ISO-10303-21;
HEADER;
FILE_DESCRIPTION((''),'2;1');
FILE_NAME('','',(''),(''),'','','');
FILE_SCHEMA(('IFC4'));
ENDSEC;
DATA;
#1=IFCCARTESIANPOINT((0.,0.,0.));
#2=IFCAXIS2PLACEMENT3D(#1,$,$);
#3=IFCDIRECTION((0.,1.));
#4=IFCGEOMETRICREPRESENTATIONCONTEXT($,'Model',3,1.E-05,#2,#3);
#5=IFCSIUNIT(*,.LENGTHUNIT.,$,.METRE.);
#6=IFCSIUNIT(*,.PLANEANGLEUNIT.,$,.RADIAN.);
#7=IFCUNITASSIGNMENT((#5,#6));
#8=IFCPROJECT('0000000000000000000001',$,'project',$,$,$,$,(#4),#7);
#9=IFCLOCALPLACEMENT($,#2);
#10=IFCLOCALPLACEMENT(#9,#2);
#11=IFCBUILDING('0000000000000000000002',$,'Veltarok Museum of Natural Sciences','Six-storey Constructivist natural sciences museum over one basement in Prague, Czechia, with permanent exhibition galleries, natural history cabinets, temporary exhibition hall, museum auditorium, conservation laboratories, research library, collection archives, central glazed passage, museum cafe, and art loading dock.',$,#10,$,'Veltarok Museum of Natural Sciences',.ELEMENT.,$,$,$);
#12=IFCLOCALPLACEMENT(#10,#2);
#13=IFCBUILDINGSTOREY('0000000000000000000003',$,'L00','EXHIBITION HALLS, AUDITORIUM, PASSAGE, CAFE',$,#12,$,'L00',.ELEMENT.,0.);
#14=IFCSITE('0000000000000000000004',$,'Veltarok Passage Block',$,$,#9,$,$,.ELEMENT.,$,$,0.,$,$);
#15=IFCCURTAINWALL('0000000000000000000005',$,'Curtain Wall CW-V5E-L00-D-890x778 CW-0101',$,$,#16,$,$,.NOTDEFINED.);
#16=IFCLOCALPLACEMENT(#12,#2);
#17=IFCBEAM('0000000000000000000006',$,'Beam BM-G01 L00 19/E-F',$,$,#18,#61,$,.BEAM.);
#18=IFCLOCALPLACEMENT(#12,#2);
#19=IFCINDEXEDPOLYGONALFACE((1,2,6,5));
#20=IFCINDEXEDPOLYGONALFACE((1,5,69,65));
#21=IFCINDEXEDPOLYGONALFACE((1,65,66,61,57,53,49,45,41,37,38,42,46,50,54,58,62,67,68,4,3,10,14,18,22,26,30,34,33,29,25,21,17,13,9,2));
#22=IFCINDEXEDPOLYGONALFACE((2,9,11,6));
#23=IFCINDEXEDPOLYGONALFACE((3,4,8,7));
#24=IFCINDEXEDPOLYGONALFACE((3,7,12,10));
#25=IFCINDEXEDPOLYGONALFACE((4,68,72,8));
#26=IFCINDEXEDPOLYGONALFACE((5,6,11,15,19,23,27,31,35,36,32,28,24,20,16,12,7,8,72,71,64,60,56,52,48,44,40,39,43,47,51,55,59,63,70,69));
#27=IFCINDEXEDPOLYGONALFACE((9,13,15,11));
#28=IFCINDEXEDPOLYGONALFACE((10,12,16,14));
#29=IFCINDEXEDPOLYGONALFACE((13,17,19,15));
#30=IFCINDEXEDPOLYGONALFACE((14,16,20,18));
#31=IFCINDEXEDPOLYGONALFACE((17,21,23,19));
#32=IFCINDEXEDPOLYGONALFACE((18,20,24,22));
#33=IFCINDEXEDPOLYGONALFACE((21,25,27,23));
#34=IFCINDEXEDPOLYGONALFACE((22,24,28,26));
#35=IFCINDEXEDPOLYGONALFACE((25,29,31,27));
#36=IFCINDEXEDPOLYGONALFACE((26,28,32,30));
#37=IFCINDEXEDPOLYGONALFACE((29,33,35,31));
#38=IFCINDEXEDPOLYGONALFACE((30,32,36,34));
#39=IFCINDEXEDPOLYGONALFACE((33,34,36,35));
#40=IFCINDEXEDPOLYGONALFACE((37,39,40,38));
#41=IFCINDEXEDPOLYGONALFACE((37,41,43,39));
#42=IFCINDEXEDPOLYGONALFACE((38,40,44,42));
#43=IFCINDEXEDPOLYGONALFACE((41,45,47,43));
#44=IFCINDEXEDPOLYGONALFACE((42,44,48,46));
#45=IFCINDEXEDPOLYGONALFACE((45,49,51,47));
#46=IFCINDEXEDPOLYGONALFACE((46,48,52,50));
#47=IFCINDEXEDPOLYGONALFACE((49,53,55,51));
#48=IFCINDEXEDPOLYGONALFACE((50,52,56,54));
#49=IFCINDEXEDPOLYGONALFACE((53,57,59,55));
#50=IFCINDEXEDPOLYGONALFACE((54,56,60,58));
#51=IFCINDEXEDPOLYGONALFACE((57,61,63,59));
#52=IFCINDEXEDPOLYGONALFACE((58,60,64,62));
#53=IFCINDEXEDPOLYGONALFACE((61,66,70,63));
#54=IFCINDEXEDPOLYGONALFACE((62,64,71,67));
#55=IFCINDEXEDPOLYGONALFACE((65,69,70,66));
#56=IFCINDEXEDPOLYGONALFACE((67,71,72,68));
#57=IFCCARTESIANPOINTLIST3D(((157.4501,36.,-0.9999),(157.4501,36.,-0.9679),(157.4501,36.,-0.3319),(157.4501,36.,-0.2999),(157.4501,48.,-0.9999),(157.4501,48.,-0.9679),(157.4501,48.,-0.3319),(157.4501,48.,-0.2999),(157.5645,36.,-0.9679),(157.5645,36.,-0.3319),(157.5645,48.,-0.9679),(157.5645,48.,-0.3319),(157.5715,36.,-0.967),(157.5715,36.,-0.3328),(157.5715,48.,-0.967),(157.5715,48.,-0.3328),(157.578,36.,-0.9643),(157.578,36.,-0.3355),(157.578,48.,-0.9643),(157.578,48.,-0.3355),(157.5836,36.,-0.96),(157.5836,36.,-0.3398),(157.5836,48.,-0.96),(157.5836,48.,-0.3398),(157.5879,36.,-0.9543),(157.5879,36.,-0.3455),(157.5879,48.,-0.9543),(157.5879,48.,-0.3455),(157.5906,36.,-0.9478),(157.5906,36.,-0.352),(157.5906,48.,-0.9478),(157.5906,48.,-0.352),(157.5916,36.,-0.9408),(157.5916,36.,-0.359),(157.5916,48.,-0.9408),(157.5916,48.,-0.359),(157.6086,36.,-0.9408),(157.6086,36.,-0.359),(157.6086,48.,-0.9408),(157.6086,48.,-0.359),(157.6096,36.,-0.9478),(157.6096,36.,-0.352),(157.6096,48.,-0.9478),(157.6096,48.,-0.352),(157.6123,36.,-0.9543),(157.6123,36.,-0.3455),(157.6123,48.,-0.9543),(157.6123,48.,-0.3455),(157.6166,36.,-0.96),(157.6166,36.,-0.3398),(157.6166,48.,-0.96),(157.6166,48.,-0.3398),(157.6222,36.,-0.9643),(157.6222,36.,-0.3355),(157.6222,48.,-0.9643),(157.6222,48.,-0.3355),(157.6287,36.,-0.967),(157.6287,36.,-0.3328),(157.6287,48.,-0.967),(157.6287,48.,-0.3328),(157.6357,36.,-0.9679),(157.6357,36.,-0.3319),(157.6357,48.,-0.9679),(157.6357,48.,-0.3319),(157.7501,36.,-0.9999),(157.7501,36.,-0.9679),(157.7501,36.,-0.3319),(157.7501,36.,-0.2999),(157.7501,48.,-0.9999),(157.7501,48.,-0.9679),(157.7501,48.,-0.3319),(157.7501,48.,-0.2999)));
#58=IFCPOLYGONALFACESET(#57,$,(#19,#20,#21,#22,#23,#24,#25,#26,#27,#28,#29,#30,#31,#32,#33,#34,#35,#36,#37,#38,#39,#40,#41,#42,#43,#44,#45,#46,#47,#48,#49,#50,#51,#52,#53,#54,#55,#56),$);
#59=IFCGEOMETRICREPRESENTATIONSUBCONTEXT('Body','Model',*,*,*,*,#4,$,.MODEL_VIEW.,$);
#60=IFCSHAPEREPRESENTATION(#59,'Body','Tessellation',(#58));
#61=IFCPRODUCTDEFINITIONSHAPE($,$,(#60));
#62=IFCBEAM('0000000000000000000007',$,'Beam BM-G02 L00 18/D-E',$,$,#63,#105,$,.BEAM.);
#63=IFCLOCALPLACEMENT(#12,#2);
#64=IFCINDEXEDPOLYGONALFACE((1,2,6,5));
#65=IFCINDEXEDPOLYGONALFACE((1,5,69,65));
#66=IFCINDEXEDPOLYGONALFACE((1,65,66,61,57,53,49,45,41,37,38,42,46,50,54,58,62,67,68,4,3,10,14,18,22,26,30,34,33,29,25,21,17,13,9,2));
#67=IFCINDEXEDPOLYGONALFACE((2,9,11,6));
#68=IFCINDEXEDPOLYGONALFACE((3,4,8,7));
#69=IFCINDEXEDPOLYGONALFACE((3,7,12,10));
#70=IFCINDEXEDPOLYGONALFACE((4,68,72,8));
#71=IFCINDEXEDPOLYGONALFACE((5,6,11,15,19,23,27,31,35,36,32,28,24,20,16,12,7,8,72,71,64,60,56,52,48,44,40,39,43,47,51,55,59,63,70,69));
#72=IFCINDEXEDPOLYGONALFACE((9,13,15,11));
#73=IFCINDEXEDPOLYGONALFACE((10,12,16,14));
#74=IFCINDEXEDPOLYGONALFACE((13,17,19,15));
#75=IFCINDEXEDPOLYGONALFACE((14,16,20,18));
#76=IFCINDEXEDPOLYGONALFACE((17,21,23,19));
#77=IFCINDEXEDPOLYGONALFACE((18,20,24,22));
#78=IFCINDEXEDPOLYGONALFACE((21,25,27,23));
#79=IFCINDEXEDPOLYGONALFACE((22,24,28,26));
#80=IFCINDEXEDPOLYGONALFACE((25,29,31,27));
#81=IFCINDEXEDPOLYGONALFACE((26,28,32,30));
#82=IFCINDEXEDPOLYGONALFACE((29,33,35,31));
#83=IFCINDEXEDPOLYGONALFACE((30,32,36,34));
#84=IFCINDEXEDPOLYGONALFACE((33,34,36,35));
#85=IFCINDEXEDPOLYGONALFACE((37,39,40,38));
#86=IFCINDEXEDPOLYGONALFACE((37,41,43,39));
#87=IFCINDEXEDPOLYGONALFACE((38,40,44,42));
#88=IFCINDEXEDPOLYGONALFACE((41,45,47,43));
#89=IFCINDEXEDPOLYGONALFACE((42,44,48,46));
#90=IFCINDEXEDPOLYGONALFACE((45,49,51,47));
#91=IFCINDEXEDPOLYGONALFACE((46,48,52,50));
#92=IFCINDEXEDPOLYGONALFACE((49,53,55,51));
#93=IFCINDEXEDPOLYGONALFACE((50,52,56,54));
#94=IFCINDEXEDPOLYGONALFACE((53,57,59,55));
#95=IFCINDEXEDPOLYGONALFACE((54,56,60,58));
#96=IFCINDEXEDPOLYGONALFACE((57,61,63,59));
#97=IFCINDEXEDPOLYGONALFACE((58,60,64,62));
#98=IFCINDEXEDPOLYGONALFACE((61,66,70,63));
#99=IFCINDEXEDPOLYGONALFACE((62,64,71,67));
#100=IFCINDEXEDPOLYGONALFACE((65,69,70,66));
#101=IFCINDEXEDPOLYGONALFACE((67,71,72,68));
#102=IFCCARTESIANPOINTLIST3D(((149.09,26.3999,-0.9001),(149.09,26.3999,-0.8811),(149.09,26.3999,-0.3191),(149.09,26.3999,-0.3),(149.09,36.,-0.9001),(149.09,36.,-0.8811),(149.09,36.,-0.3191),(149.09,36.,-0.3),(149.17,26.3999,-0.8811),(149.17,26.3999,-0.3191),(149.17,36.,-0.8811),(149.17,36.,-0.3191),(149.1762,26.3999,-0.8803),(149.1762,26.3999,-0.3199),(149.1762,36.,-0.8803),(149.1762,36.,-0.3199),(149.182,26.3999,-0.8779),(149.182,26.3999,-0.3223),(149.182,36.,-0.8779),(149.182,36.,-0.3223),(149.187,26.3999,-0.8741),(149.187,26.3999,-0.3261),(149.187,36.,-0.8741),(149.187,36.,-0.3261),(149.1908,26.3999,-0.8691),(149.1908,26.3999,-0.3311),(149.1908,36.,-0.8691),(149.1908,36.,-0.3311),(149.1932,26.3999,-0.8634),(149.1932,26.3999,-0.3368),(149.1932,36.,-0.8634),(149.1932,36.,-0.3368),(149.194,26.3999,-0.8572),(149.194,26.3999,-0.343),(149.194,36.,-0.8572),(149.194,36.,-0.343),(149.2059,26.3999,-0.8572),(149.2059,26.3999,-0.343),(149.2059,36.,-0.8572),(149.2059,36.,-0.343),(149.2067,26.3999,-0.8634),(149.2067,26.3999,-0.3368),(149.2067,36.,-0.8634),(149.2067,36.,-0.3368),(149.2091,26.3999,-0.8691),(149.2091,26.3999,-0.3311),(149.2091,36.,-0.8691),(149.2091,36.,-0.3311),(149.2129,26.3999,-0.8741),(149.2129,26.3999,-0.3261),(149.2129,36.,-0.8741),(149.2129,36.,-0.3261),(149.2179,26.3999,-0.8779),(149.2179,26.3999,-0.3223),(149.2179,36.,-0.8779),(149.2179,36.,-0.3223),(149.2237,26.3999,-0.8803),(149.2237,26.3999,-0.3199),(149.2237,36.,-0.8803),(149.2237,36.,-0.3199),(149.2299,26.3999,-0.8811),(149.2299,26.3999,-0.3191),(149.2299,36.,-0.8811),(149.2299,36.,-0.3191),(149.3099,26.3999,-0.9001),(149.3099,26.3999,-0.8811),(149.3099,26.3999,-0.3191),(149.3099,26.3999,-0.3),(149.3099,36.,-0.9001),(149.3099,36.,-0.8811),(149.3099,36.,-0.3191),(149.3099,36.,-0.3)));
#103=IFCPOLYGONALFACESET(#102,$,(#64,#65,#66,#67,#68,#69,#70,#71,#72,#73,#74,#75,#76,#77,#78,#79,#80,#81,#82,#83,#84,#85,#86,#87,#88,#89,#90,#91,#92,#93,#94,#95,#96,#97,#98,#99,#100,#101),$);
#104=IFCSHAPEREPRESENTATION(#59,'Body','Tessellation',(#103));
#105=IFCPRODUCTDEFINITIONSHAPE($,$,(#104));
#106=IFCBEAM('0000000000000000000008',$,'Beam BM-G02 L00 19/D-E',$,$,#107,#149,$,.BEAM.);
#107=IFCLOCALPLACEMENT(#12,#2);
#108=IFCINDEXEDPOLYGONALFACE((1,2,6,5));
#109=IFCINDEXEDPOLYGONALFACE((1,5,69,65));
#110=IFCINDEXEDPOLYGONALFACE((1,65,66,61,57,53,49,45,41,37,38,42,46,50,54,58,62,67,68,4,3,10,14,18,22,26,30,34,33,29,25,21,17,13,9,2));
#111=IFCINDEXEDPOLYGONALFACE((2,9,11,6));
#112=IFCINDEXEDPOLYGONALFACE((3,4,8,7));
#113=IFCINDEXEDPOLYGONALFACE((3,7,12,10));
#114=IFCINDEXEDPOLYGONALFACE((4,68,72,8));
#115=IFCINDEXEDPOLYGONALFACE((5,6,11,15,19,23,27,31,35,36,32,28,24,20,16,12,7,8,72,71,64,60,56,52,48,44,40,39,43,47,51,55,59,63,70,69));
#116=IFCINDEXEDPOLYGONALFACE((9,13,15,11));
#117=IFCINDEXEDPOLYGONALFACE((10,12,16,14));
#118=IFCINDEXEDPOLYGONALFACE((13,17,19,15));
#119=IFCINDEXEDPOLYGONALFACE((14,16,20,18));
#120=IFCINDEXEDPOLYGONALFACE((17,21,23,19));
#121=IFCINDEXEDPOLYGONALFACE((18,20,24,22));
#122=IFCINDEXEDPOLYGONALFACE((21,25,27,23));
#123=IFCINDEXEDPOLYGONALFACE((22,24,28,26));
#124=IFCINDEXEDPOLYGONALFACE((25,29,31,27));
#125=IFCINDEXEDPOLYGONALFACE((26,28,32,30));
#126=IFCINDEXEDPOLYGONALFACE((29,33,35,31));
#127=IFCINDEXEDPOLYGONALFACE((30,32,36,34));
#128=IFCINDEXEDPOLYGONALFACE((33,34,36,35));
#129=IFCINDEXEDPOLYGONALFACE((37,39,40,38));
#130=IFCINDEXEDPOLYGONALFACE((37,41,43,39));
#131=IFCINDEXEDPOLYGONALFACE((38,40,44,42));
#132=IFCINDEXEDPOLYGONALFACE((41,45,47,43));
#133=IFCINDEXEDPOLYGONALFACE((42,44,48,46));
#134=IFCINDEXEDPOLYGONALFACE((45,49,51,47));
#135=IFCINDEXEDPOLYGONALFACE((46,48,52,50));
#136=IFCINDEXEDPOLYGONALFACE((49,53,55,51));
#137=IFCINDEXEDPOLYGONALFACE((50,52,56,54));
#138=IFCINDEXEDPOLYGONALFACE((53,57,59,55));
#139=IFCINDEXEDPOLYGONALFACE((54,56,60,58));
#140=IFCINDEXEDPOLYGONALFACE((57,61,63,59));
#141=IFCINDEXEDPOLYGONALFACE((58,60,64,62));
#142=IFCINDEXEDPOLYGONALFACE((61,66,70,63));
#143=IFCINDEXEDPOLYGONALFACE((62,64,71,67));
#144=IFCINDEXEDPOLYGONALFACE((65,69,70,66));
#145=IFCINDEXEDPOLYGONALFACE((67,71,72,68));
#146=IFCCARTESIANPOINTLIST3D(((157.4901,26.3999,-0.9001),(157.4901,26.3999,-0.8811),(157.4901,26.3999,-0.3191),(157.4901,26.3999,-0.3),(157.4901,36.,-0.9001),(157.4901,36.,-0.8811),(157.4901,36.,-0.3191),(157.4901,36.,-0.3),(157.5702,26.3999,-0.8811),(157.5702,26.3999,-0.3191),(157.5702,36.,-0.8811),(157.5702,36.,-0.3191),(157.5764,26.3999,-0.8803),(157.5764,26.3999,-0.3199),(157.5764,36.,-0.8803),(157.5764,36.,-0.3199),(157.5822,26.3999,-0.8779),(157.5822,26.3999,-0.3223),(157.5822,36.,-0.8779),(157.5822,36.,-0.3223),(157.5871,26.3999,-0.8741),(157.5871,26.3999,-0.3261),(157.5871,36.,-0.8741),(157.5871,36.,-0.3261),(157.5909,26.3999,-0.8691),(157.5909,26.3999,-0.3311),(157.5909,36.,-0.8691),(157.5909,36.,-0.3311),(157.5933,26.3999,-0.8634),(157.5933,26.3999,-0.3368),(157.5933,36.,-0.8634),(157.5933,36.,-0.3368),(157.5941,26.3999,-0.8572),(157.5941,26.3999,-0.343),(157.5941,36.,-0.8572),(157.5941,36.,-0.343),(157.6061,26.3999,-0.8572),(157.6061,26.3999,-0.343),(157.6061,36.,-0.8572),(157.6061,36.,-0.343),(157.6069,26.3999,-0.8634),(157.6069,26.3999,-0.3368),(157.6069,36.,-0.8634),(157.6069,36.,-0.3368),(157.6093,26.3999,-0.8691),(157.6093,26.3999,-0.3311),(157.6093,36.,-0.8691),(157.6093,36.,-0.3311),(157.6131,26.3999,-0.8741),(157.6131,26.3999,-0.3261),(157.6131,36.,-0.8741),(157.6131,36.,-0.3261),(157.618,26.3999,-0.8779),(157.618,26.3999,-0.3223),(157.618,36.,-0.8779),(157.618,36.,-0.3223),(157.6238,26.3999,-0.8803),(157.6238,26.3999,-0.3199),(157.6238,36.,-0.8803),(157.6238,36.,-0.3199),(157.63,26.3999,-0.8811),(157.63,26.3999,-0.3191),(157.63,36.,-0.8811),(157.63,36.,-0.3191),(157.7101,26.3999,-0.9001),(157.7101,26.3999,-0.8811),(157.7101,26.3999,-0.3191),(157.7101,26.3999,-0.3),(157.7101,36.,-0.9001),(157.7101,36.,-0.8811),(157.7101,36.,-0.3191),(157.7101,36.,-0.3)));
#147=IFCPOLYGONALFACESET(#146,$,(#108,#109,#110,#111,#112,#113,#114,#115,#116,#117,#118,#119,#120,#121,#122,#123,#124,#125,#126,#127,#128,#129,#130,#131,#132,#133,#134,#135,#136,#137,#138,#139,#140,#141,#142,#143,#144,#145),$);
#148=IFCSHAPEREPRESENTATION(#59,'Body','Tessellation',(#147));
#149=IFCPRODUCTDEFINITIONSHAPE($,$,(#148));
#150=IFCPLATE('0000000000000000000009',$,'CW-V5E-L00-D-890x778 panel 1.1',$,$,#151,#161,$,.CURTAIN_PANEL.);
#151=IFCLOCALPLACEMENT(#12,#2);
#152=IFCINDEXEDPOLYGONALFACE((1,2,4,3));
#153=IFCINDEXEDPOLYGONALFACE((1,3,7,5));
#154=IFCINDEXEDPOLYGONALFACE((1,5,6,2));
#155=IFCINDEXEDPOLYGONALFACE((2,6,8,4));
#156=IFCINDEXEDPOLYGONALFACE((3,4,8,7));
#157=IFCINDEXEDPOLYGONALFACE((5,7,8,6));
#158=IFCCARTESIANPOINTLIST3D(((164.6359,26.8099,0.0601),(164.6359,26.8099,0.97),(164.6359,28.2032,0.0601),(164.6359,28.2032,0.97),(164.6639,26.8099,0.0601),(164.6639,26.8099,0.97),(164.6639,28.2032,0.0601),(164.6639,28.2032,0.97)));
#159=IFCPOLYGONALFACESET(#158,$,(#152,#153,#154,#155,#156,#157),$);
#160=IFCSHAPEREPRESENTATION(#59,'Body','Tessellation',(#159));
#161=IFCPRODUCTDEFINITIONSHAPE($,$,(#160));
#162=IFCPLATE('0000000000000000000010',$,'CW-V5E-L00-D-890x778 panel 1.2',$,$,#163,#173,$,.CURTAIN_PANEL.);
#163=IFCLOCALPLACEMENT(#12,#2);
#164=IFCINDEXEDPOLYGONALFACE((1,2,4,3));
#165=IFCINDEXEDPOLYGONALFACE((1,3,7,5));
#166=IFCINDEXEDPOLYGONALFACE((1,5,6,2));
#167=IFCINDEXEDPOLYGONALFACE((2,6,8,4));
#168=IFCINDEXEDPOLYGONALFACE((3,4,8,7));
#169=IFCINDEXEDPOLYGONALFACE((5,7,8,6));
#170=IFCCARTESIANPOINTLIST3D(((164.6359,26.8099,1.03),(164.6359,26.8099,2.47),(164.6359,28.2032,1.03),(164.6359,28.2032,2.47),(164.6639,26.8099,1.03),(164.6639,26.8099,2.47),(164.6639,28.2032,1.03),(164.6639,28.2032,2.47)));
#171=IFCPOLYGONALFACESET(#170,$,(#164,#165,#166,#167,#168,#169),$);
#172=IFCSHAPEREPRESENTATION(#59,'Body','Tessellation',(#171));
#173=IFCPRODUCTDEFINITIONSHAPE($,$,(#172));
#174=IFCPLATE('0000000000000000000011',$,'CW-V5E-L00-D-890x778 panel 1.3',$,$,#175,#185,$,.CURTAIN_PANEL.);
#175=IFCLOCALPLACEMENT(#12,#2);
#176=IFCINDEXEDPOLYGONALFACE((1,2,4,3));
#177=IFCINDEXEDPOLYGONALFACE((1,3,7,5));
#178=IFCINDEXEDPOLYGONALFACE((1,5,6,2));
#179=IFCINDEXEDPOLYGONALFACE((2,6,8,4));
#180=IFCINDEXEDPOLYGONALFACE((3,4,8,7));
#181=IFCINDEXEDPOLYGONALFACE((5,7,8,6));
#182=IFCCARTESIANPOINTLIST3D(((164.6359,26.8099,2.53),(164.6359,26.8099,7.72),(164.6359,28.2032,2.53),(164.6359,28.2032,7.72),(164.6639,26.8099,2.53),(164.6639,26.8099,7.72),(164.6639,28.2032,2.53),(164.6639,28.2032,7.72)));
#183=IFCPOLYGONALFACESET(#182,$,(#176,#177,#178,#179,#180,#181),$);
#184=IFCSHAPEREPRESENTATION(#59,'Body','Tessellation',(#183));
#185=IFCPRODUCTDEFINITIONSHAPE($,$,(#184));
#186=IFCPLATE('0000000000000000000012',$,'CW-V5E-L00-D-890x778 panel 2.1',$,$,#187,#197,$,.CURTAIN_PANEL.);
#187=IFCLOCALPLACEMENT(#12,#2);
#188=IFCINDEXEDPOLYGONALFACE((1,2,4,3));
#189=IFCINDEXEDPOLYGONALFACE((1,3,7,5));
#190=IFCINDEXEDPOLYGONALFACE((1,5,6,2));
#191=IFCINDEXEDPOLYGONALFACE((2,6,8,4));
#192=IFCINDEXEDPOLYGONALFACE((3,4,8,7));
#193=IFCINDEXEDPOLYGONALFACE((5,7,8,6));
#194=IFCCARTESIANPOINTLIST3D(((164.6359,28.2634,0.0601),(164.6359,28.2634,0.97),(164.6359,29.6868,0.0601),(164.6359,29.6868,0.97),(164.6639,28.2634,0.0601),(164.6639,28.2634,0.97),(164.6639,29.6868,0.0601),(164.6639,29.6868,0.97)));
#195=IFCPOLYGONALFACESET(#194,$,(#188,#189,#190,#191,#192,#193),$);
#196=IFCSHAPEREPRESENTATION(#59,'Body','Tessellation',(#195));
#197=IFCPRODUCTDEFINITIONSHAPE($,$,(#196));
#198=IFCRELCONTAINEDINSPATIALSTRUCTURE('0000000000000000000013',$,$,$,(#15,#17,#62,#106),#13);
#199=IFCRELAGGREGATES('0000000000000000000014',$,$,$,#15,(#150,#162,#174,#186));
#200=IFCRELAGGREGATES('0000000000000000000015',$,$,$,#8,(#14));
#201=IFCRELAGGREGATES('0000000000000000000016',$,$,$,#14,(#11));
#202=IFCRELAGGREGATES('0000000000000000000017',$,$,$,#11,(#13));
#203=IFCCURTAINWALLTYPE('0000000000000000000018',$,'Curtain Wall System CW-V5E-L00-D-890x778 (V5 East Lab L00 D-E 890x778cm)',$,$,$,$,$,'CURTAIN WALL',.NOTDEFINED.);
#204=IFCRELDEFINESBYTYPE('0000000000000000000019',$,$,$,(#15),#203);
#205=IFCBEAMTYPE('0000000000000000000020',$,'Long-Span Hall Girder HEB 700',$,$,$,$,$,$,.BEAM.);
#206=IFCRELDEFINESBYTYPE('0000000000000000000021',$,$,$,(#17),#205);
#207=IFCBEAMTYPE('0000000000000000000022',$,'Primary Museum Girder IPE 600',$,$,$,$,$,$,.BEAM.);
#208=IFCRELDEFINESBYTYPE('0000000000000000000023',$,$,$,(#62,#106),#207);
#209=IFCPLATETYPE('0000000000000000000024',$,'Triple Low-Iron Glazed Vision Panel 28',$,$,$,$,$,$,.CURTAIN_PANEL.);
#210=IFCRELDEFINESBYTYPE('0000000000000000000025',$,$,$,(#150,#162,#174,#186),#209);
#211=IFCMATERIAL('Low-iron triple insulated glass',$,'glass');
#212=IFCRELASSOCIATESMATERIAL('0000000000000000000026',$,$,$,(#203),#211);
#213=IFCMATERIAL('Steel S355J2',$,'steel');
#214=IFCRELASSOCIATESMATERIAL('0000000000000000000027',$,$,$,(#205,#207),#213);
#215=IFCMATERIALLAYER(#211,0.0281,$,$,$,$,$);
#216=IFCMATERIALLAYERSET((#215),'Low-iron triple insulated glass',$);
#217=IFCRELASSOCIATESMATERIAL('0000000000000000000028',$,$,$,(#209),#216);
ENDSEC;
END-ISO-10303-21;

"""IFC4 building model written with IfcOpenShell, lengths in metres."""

from ifc_helpers import new_model, si_unit, direction, frame, origin, origin_2d, place, context, subcontext, project, spatial, rectangle, i_section, extrude, material, layer, layer_set, material_profile, profile_set, type_object, element, aggregate, save


model = new_model("IFC4")

# Units and contexts
model_context = context("Model", 3, precision=1e-05, world=origin(), true_north=direction((0.0, 1.0)))
body_context = subcontext(model_context, "Body", "Model", "MODEL_VIEW")
ifc_project = project(units=[si_unit("LENGTHUNIT", "METRE"), si_unit("PLANEANGLEUNIT", "RADIAN")], contexts=[model_context])

# Site, building, storey
site_placement = place(None, origin())
site = spatial("IfcSite", under=ifc_project, at=site_placement, Name="Veltarok Passage Block", CompositionType="ELEMENT", RefElevation=0.0)
building_placement = place(site_placement, origin())
building = spatial("IfcBuilding", under=site, at=building_placement, Name="Veltarok Museum of Natural Sciences", Description="Six-storey Constructivist natural sciences museum over one basement in Prague, Czechia, with permanent exhibition galleries, natural history cabinets, temporary exhibition hall, museum auditorium, conservation laboratories, research library, collection archives, central glazed passage, museum cafe, and art loading dock.", LongName="Veltarok Museum of Natural Sciences", CompositionType="ELEMENT")
storey_placement = place(building_placement, origin())
storey = spatial("IfcBuildingStorey", under=building, at=storey_placement, Name="L00", Description="EXHIBITION HALLS, AUDITORIUM, PASSAGE, CAFE", LongName="L00", CompositionType="ELEMENT", Elevation=0.0)

# Shared definitions
ifc_material_1 = material(Name="Steel S355J2", Category="steel")

# Curtain wall
ifc_material_2 = material(Name="Low-iron triple insulated glass", Category="glass")
curtain_wall_type = type_object("IfcCurtainWallType", Name="Curtain Wall System CW-V5E-L00-D-890x778 (V5 East Lab L00 D-E 890x778cm)", ElementType="CURTAIN WALL", PredefinedType="NOTDEFINED", material=ifc_material_2)
curtain_wall_placement = place(storey_placement, origin())
curtain_wall = element("IfcCurtainWall", 1, at=curtain_wall_placement, inside=storey, type_object=curtain_wall_type, Name="Curtain Wall CW-V5E-L00-D-890x778 CW-0101", PredefinedType="NOTDEFINED")

# Beams
ifc_material_profile_1 = material_profile(ifc_material_1, i_section(OverallWidth=0.3, OverallDepth=0.7, WebThickness=0.0171, FlangeThickness=0.032, FilletRadius=0.0271, at=origin_2d()), Name="HEB 700")
ifc_profile_set_1 = profile_set([ifc_material_profile_1], Name="Steel S355J2")
beam_type_1 = type_object("IfcBeamType", Name="Long-Span Hall Girder HEB 700", PredefinedType="BEAM", material=ifc_profile_set_1)
for number, where, z_axis, x_axis, name in (
    (2, (157.6001, 36.0, -0.6499), (0.0, 1.0, 0.0), (-1.0, 0.0, 0.0), "Beam BM-G01 L00 19/E-F"),
):
    element("IfcBeam", number, at=place(storey_placement, frame(where, z_axis=z_axis, x_axis=x_axis)), inside=storey, type_object=beam_type_1, Name=name, PredefinedType="BEAM", context=body_context, shape_type="SweptSolid", body=[
        extrude(i_section(OverallWidth=0.3, OverallDepth=0.7, WebThickness=0.0171, FlangeThickness=0.032, FilletRadius=0.0271, at=origin_2d()), origin(), (0.0, 0.0, 1.0), 12.0),
    ])
ifc_material_profile_2 = material_profile(ifc_material_1, i_section(OverallWidth=0.22, OverallDepth=0.6001, WebThickness=0.012, FlangeThickness=0.019, FilletRadius=0.0239, at=origin_2d()), Name="IPE 600")
ifc_profile_set_2 = profile_set([ifc_material_profile_2], Name="Steel S355J2")
beam_type_2 = type_object("IfcBeamType", Name="Primary Museum Girder IPE 600", PredefinedType="BEAM", material=ifc_profile_set_2)
for number, where, z_axis, x_axis, name in (
    (3, (149.2, 26.3999, -0.6001), (0.0, 1.0, 0.0), (-1.0, 0.0, 0.0), "Beam BM-G02 L00 18/D-E"),
    (4, (157.6001, 26.3999, -0.6001), (0.0, 1.0, 0.0), (-1.0, 0.0, 0.0), "Beam BM-G02 L00 19/D-E"),
):
    element("IfcBeam", number, at=place(storey_placement, frame(where, z_axis=z_axis, x_axis=x_axis)), inside=storey, type_object=beam_type_2, Name=name, PredefinedType="BEAM", context=body_context, shape_type="SweptSolid", body=[
        extrude(i_section(OverallWidth=0.22, OverallDepth=0.6001, WebThickness=0.012, FlangeThickness=0.019, FilletRadius=0.0239, at=origin_2d()), origin(), (0.0, 0.0, 1.0), 9.6001),
    ])

# Plates
ifc_layer = layer(ifc_material_2, 0.0281)
ifc_layer_set = layer_set([ifc_layer], Name="Low-iron triple insulated glass")
plate_type = type_object("IfcPlateType", Name="Triple Low-Iron Glazed Vision Panel 28", PredefinedType="CURTAIN_PANEL", material=ifc_layer_set)
plate_1_placement = place(storey_placement, frame((164.6499, 27.5066, 0.0601), z_axis=(0.0, 0.0, 1.0), x_axis=(0.0, 1.0, 0.0)))
plate_1 = element("IfcPlate", 5, at=plate_1_placement, type_object=plate_type, Name="CW-V5E-L00-D-890x778 panel 1.1", PredefinedType="CURTAIN_PANEL", context=body_context, shape_type="SweptSolid", body=[
    extrude(rectangle(XDim=1.3933, YDim=0.0281, at=origin_2d()), origin(), (0.0, 0.0, 1.0), 0.9099),
])
plate_2_placement = place(storey_placement, frame((164.6499, 27.5066, 1.03), z_axis=(0.0, 0.0, 1.0), x_axis=(0.0, 1.0, 0.0)))
plate_2 = element("IfcPlate", 6, at=plate_2_placement, type_object=plate_type, Name="CW-V5E-L00-D-890x778 panel 1.2", PredefinedType="CURTAIN_PANEL", context=body_context, shape_type="SweptSolid", body=[
    extrude(rectangle(XDim=1.3933, YDim=0.0281, at=origin_2d()), origin(), (0.0, 0.0, 1.0), 1.4399),
])
plate_3_placement = place(storey_placement, frame((164.6499, 27.5066, 2.53), z_axis=(0.0, 0.0, 1.0), x_axis=(0.0, 1.0, 0.0)))
plate_3 = element("IfcPlate", 7, at=plate_3_placement, type_object=plate_type, Name="CW-V5E-L00-D-890x778 panel 1.3", PredefinedType="CURTAIN_PANEL", context=body_context, shape_type="SweptSolid", body=[
    extrude(rectangle(XDim=1.3933, YDim=0.0281, at=origin_2d()), origin(), (0.0, 0.0, 1.0), 5.1899),
])
plate_4_placement = place(storey_placement, frame((164.6499, 28.9751, 0.0601), z_axis=(0.0, 0.0, 1.0), x_axis=(0.0, 1.0, 0.0)))
plate_4 = element("IfcPlate", 8, at=plate_4_placement, type_object=plate_type, Name="CW-V5E-L00-D-890x778 panel 2.1", PredefinedType="CURTAIN_PANEL", context=body_context, shape_type="SweptSolid", body=[
    extrude(rectangle(XDim=1.4233, YDim=0.0281, at=origin_2d()), origin(), (0.0, 0.0, 1.0), 0.9099),
])
aggregate(curtain_wall, [plate_1, plate_2, plate_3, plate_4])

save(model, "model.ifc")
